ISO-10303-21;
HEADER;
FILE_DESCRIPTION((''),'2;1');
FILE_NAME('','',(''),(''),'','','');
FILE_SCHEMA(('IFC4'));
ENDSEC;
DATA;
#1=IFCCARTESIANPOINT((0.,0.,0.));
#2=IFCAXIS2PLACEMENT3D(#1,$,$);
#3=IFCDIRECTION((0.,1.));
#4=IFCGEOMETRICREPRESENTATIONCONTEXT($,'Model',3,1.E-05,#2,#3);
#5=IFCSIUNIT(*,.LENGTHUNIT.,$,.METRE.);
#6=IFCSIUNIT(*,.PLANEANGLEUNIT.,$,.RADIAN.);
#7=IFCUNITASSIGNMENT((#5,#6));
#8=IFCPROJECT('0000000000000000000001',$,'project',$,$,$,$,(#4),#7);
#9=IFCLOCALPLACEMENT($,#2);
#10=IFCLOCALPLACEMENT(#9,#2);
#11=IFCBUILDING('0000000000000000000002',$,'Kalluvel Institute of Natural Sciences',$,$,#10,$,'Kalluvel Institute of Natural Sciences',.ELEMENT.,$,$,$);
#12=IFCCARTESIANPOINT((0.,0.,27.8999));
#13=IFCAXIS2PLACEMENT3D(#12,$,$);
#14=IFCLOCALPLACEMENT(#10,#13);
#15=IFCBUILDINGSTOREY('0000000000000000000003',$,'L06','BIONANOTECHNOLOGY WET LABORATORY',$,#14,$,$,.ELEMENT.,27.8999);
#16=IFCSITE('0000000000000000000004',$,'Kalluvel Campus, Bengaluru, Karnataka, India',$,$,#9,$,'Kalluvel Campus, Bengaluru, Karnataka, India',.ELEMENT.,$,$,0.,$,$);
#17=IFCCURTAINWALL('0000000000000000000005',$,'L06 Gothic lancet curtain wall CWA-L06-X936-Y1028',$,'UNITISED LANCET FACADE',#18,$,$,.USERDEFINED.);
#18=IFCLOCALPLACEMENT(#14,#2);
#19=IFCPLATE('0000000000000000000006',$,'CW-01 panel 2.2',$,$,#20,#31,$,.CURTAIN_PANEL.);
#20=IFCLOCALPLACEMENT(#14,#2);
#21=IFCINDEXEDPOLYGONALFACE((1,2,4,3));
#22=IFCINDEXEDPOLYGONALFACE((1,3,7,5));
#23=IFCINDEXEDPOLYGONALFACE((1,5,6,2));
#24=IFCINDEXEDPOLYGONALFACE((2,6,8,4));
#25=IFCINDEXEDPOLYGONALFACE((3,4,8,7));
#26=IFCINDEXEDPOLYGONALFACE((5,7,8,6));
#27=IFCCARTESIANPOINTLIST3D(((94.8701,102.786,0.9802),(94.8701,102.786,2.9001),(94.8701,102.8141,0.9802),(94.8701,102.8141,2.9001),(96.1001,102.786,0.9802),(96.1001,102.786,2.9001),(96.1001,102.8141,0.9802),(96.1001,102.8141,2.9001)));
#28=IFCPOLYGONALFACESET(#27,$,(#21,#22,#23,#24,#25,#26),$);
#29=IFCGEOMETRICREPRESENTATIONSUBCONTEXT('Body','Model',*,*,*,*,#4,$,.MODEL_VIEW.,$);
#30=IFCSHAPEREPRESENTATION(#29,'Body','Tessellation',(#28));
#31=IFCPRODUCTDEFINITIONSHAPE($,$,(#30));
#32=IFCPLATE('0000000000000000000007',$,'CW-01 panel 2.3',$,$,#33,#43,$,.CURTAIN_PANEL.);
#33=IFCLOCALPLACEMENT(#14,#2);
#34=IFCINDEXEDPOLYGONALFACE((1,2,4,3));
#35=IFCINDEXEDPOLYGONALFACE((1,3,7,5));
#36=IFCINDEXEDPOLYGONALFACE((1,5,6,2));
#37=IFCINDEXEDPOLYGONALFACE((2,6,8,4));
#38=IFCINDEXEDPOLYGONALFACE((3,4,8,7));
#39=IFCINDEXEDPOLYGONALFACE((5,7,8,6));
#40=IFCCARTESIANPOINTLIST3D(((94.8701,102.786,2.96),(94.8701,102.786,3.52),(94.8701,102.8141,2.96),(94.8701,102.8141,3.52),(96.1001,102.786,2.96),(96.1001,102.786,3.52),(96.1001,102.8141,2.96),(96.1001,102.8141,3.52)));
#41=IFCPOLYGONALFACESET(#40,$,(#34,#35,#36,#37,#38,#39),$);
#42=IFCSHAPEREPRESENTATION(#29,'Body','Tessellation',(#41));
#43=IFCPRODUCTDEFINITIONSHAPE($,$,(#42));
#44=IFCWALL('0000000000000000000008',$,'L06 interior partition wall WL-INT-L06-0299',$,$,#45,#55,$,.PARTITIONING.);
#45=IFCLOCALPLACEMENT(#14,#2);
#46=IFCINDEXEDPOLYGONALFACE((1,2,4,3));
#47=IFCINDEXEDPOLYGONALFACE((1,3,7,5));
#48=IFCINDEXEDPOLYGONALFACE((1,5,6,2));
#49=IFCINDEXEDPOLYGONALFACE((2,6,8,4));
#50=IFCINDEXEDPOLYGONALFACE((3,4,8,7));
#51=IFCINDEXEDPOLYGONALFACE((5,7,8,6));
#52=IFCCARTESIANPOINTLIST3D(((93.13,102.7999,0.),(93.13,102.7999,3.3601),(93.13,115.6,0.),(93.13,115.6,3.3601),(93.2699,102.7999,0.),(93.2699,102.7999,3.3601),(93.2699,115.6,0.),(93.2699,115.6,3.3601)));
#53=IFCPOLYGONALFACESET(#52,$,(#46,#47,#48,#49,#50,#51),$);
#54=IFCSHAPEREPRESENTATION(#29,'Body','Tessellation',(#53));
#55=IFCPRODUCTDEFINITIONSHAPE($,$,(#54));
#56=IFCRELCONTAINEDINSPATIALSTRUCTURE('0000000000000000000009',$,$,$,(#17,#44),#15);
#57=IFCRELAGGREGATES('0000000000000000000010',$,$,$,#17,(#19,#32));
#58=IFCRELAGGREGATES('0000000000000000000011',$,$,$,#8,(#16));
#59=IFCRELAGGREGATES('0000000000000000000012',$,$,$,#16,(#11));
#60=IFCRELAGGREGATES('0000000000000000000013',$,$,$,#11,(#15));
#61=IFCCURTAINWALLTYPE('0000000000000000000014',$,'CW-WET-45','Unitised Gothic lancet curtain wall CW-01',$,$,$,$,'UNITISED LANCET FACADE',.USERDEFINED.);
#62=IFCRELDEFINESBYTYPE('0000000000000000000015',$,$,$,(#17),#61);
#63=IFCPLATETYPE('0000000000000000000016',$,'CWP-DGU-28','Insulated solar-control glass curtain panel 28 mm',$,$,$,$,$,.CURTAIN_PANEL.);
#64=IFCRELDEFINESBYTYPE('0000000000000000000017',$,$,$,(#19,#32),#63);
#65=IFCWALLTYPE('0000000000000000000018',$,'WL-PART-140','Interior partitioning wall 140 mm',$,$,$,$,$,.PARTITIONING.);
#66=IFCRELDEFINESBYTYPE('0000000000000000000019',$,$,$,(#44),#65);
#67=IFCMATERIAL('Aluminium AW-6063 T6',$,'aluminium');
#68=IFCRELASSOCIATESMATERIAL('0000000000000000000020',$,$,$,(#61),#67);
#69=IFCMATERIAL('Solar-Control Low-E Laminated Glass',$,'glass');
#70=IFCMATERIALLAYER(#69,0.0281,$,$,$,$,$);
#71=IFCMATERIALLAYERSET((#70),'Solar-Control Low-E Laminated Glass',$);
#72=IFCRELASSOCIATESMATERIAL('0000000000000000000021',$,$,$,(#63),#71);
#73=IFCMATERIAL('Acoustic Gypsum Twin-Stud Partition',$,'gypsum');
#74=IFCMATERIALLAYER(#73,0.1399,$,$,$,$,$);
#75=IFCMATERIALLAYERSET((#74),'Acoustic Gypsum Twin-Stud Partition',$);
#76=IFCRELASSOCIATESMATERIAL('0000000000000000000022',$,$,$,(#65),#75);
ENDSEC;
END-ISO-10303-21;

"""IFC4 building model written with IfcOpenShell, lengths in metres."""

from ifc_helpers import new_model, si_unit, direction, frame, frame_2d, origin, origin_2d, place, context, subcontext, project, spatial, rectangle, extrude, material, layer, layer_set, type_object, element, aggregate, save


model = new_model("IFC4")

# Units and contexts
model_context = context("Model", 3, precision=1e-05, world=origin(), true_north=direction((0.0, 1.0)))
body_context = subcontext(model_context, "Body", "Model", "MODEL_VIEW")
ifc_project = project(units=[si_unit("LENGTHUNIT", "METRE"), si_unit("PLANEANGLEUNIT", "RADIAN")], contexts=[model_context])

# Site, building, storey
site_placement = place(None, origin())
site = spatial("IfcSite", under=ifc_project, at=site_placement, Name="Kalluvel Campus, Bengaluru, Karnataka, India", LongName="Kalluvel Campus, Bengaluru, Karnataka, India", CompositionType="ELEMENT", RefElevation=0.0)
building_placement = place(site_placement, origin())
building = spatial("IfcBuilding", under=site, at=building_placement, Name="Kalluvel Institute of Natural Sciences", LongName="Kalluvel Institute of Natural Sciences", CompositionType="ELEMENT")
storey_placement = place(building_placement, frame((0.0, 0.0, 27.8999)))
storey = spatial("IfcBuildingStorey", under=building, at=storey_placement, Name="L06", Description="BIONANOTECHNOLOGY WET LABORATORY", CompositionType="ELEMENT", Elevation=27.8999)

# Shared definitions
ifc_material_1 = material(Name="Aluminium AW-6063 T6", Category="aluminium")
curtain_wall_type = type_object("IfcCurtainWallType", Name="CW-WET-45", Description="Unitised Gothic lancet curtain wall CW-01", ElementType="UNITISED LANCET FACADE", PredefinedType="USERDEFINED", material=ifc_material_1)

# Curtain wall
curtain_wall_1_placement = place(storey_placement, origin())
curtain_wall_1 = element("IfcCurtainWall", 1, at=curtain_wall_1_placement, inside=storey, type_object=curtain_wall_type, Name="L06 Gothic lancet curtain wall CWA-L06-X936-Y1028", ObjectType="UNITISED LANCET FACADE", PredefinedType="USERDEFINED")

# Plates
ifc_material_2 = material(Name="Solar-Control Low-E Laminated Glass", Category="glass")
ifc_layer_1 = layer(ifc_material_2, 0.0281)
ifc_layer_set_1 = layer_set([ifc_layer_1], Name="Solar-Control Low-E Laminated Glass")
plate_type = type_object("IfcPlateType", Name="CWP-DGU-28", Description="Insulated solar-control glass curtain panel 28 mm", PredefinedType="CURTAIN_PANEL", material=ifc_layer_set_1)
plate_1_placement = place(storey_placement, frame((95.4851, 102.8, 0.9802), z_axis=(0.0, 0.0, 1.0), x_axis=(1.0, 0.0, 0.0)))
plate_1 = element("IfcPlate", 2, at=plate_1_placement, type_object=plate_type, Name="CW-01 panel 2.2", PredefinedType="CURTAIN_PANEL", context=body_context, shape_type="SweptSolid", body=[
    extrude(rectangle(XDim=1.23, YDim=0.0281, at=origin_2d()), origin(), (0.0, 0.0, 1.0), 1.9199),
])
plate_2_placement = place(storey_placement, frame((95.4851, 102.8, 2.96), z_axis=(0.0, 0.0, 1.0), x_axis=(1.0, 0.0, 0.0)))
plate_2 = element("IfcPlate", 3, at=plate_2_placement, type_object=plate_type, Name="CW-01 panel 2.3", PredefinedType="CURTAIN_PANEL", context=body_context, shape_type="SweptSolid", body=[
    extrude(rectangle(XDim=1.23, YDim=0.0281, at=origin_2d()), origin(), (0.0, 0.0, 1.0), 0.5601),
])
aggregate(curtain_wall_1, [plate_1, plate_2])

# Wall
ifc_material_3 = material(Name="Acoustic Gypsum Twin-Stud Partition", Category="gypsum")
ifc_layer_2 = layer(ifc_material_3, 0.1399)
ifc_layer_set_2 = layer_set([ifc_layer_2], Name="Acoustic Gypsum Twin-Stud Partition")
wall_type = type_object("IfcWallType", Name="WL-PART-140", Description="Interior partitioning wall 140 mm", PredefinedType="PARTITIONING", material=ifc_layer_set_2)
wall_placement = place(storey_placement, frame((93.2, 102.8, 0.0), z_axis=(0.0, 0.0, 1.0), x_axis=(0.0, 1.0, 0.0)))
element("IfcWall", 4, at=wall_placement, inside=storey, type_object=wall_type, Name="L06 interior partition wall WL-INT-L06-0299", PredefinedType="PARTITIONING", context=body_context, shape_type="SweptSolid", body=[
    extrude(rectangle(XDim=12.8, YDim=0.1399, at=frame_2d((6.3999, 0.0))), origin(), (0.0, 0.0, 1.0), 3.3601),
])

save(model, "model.ifc")
